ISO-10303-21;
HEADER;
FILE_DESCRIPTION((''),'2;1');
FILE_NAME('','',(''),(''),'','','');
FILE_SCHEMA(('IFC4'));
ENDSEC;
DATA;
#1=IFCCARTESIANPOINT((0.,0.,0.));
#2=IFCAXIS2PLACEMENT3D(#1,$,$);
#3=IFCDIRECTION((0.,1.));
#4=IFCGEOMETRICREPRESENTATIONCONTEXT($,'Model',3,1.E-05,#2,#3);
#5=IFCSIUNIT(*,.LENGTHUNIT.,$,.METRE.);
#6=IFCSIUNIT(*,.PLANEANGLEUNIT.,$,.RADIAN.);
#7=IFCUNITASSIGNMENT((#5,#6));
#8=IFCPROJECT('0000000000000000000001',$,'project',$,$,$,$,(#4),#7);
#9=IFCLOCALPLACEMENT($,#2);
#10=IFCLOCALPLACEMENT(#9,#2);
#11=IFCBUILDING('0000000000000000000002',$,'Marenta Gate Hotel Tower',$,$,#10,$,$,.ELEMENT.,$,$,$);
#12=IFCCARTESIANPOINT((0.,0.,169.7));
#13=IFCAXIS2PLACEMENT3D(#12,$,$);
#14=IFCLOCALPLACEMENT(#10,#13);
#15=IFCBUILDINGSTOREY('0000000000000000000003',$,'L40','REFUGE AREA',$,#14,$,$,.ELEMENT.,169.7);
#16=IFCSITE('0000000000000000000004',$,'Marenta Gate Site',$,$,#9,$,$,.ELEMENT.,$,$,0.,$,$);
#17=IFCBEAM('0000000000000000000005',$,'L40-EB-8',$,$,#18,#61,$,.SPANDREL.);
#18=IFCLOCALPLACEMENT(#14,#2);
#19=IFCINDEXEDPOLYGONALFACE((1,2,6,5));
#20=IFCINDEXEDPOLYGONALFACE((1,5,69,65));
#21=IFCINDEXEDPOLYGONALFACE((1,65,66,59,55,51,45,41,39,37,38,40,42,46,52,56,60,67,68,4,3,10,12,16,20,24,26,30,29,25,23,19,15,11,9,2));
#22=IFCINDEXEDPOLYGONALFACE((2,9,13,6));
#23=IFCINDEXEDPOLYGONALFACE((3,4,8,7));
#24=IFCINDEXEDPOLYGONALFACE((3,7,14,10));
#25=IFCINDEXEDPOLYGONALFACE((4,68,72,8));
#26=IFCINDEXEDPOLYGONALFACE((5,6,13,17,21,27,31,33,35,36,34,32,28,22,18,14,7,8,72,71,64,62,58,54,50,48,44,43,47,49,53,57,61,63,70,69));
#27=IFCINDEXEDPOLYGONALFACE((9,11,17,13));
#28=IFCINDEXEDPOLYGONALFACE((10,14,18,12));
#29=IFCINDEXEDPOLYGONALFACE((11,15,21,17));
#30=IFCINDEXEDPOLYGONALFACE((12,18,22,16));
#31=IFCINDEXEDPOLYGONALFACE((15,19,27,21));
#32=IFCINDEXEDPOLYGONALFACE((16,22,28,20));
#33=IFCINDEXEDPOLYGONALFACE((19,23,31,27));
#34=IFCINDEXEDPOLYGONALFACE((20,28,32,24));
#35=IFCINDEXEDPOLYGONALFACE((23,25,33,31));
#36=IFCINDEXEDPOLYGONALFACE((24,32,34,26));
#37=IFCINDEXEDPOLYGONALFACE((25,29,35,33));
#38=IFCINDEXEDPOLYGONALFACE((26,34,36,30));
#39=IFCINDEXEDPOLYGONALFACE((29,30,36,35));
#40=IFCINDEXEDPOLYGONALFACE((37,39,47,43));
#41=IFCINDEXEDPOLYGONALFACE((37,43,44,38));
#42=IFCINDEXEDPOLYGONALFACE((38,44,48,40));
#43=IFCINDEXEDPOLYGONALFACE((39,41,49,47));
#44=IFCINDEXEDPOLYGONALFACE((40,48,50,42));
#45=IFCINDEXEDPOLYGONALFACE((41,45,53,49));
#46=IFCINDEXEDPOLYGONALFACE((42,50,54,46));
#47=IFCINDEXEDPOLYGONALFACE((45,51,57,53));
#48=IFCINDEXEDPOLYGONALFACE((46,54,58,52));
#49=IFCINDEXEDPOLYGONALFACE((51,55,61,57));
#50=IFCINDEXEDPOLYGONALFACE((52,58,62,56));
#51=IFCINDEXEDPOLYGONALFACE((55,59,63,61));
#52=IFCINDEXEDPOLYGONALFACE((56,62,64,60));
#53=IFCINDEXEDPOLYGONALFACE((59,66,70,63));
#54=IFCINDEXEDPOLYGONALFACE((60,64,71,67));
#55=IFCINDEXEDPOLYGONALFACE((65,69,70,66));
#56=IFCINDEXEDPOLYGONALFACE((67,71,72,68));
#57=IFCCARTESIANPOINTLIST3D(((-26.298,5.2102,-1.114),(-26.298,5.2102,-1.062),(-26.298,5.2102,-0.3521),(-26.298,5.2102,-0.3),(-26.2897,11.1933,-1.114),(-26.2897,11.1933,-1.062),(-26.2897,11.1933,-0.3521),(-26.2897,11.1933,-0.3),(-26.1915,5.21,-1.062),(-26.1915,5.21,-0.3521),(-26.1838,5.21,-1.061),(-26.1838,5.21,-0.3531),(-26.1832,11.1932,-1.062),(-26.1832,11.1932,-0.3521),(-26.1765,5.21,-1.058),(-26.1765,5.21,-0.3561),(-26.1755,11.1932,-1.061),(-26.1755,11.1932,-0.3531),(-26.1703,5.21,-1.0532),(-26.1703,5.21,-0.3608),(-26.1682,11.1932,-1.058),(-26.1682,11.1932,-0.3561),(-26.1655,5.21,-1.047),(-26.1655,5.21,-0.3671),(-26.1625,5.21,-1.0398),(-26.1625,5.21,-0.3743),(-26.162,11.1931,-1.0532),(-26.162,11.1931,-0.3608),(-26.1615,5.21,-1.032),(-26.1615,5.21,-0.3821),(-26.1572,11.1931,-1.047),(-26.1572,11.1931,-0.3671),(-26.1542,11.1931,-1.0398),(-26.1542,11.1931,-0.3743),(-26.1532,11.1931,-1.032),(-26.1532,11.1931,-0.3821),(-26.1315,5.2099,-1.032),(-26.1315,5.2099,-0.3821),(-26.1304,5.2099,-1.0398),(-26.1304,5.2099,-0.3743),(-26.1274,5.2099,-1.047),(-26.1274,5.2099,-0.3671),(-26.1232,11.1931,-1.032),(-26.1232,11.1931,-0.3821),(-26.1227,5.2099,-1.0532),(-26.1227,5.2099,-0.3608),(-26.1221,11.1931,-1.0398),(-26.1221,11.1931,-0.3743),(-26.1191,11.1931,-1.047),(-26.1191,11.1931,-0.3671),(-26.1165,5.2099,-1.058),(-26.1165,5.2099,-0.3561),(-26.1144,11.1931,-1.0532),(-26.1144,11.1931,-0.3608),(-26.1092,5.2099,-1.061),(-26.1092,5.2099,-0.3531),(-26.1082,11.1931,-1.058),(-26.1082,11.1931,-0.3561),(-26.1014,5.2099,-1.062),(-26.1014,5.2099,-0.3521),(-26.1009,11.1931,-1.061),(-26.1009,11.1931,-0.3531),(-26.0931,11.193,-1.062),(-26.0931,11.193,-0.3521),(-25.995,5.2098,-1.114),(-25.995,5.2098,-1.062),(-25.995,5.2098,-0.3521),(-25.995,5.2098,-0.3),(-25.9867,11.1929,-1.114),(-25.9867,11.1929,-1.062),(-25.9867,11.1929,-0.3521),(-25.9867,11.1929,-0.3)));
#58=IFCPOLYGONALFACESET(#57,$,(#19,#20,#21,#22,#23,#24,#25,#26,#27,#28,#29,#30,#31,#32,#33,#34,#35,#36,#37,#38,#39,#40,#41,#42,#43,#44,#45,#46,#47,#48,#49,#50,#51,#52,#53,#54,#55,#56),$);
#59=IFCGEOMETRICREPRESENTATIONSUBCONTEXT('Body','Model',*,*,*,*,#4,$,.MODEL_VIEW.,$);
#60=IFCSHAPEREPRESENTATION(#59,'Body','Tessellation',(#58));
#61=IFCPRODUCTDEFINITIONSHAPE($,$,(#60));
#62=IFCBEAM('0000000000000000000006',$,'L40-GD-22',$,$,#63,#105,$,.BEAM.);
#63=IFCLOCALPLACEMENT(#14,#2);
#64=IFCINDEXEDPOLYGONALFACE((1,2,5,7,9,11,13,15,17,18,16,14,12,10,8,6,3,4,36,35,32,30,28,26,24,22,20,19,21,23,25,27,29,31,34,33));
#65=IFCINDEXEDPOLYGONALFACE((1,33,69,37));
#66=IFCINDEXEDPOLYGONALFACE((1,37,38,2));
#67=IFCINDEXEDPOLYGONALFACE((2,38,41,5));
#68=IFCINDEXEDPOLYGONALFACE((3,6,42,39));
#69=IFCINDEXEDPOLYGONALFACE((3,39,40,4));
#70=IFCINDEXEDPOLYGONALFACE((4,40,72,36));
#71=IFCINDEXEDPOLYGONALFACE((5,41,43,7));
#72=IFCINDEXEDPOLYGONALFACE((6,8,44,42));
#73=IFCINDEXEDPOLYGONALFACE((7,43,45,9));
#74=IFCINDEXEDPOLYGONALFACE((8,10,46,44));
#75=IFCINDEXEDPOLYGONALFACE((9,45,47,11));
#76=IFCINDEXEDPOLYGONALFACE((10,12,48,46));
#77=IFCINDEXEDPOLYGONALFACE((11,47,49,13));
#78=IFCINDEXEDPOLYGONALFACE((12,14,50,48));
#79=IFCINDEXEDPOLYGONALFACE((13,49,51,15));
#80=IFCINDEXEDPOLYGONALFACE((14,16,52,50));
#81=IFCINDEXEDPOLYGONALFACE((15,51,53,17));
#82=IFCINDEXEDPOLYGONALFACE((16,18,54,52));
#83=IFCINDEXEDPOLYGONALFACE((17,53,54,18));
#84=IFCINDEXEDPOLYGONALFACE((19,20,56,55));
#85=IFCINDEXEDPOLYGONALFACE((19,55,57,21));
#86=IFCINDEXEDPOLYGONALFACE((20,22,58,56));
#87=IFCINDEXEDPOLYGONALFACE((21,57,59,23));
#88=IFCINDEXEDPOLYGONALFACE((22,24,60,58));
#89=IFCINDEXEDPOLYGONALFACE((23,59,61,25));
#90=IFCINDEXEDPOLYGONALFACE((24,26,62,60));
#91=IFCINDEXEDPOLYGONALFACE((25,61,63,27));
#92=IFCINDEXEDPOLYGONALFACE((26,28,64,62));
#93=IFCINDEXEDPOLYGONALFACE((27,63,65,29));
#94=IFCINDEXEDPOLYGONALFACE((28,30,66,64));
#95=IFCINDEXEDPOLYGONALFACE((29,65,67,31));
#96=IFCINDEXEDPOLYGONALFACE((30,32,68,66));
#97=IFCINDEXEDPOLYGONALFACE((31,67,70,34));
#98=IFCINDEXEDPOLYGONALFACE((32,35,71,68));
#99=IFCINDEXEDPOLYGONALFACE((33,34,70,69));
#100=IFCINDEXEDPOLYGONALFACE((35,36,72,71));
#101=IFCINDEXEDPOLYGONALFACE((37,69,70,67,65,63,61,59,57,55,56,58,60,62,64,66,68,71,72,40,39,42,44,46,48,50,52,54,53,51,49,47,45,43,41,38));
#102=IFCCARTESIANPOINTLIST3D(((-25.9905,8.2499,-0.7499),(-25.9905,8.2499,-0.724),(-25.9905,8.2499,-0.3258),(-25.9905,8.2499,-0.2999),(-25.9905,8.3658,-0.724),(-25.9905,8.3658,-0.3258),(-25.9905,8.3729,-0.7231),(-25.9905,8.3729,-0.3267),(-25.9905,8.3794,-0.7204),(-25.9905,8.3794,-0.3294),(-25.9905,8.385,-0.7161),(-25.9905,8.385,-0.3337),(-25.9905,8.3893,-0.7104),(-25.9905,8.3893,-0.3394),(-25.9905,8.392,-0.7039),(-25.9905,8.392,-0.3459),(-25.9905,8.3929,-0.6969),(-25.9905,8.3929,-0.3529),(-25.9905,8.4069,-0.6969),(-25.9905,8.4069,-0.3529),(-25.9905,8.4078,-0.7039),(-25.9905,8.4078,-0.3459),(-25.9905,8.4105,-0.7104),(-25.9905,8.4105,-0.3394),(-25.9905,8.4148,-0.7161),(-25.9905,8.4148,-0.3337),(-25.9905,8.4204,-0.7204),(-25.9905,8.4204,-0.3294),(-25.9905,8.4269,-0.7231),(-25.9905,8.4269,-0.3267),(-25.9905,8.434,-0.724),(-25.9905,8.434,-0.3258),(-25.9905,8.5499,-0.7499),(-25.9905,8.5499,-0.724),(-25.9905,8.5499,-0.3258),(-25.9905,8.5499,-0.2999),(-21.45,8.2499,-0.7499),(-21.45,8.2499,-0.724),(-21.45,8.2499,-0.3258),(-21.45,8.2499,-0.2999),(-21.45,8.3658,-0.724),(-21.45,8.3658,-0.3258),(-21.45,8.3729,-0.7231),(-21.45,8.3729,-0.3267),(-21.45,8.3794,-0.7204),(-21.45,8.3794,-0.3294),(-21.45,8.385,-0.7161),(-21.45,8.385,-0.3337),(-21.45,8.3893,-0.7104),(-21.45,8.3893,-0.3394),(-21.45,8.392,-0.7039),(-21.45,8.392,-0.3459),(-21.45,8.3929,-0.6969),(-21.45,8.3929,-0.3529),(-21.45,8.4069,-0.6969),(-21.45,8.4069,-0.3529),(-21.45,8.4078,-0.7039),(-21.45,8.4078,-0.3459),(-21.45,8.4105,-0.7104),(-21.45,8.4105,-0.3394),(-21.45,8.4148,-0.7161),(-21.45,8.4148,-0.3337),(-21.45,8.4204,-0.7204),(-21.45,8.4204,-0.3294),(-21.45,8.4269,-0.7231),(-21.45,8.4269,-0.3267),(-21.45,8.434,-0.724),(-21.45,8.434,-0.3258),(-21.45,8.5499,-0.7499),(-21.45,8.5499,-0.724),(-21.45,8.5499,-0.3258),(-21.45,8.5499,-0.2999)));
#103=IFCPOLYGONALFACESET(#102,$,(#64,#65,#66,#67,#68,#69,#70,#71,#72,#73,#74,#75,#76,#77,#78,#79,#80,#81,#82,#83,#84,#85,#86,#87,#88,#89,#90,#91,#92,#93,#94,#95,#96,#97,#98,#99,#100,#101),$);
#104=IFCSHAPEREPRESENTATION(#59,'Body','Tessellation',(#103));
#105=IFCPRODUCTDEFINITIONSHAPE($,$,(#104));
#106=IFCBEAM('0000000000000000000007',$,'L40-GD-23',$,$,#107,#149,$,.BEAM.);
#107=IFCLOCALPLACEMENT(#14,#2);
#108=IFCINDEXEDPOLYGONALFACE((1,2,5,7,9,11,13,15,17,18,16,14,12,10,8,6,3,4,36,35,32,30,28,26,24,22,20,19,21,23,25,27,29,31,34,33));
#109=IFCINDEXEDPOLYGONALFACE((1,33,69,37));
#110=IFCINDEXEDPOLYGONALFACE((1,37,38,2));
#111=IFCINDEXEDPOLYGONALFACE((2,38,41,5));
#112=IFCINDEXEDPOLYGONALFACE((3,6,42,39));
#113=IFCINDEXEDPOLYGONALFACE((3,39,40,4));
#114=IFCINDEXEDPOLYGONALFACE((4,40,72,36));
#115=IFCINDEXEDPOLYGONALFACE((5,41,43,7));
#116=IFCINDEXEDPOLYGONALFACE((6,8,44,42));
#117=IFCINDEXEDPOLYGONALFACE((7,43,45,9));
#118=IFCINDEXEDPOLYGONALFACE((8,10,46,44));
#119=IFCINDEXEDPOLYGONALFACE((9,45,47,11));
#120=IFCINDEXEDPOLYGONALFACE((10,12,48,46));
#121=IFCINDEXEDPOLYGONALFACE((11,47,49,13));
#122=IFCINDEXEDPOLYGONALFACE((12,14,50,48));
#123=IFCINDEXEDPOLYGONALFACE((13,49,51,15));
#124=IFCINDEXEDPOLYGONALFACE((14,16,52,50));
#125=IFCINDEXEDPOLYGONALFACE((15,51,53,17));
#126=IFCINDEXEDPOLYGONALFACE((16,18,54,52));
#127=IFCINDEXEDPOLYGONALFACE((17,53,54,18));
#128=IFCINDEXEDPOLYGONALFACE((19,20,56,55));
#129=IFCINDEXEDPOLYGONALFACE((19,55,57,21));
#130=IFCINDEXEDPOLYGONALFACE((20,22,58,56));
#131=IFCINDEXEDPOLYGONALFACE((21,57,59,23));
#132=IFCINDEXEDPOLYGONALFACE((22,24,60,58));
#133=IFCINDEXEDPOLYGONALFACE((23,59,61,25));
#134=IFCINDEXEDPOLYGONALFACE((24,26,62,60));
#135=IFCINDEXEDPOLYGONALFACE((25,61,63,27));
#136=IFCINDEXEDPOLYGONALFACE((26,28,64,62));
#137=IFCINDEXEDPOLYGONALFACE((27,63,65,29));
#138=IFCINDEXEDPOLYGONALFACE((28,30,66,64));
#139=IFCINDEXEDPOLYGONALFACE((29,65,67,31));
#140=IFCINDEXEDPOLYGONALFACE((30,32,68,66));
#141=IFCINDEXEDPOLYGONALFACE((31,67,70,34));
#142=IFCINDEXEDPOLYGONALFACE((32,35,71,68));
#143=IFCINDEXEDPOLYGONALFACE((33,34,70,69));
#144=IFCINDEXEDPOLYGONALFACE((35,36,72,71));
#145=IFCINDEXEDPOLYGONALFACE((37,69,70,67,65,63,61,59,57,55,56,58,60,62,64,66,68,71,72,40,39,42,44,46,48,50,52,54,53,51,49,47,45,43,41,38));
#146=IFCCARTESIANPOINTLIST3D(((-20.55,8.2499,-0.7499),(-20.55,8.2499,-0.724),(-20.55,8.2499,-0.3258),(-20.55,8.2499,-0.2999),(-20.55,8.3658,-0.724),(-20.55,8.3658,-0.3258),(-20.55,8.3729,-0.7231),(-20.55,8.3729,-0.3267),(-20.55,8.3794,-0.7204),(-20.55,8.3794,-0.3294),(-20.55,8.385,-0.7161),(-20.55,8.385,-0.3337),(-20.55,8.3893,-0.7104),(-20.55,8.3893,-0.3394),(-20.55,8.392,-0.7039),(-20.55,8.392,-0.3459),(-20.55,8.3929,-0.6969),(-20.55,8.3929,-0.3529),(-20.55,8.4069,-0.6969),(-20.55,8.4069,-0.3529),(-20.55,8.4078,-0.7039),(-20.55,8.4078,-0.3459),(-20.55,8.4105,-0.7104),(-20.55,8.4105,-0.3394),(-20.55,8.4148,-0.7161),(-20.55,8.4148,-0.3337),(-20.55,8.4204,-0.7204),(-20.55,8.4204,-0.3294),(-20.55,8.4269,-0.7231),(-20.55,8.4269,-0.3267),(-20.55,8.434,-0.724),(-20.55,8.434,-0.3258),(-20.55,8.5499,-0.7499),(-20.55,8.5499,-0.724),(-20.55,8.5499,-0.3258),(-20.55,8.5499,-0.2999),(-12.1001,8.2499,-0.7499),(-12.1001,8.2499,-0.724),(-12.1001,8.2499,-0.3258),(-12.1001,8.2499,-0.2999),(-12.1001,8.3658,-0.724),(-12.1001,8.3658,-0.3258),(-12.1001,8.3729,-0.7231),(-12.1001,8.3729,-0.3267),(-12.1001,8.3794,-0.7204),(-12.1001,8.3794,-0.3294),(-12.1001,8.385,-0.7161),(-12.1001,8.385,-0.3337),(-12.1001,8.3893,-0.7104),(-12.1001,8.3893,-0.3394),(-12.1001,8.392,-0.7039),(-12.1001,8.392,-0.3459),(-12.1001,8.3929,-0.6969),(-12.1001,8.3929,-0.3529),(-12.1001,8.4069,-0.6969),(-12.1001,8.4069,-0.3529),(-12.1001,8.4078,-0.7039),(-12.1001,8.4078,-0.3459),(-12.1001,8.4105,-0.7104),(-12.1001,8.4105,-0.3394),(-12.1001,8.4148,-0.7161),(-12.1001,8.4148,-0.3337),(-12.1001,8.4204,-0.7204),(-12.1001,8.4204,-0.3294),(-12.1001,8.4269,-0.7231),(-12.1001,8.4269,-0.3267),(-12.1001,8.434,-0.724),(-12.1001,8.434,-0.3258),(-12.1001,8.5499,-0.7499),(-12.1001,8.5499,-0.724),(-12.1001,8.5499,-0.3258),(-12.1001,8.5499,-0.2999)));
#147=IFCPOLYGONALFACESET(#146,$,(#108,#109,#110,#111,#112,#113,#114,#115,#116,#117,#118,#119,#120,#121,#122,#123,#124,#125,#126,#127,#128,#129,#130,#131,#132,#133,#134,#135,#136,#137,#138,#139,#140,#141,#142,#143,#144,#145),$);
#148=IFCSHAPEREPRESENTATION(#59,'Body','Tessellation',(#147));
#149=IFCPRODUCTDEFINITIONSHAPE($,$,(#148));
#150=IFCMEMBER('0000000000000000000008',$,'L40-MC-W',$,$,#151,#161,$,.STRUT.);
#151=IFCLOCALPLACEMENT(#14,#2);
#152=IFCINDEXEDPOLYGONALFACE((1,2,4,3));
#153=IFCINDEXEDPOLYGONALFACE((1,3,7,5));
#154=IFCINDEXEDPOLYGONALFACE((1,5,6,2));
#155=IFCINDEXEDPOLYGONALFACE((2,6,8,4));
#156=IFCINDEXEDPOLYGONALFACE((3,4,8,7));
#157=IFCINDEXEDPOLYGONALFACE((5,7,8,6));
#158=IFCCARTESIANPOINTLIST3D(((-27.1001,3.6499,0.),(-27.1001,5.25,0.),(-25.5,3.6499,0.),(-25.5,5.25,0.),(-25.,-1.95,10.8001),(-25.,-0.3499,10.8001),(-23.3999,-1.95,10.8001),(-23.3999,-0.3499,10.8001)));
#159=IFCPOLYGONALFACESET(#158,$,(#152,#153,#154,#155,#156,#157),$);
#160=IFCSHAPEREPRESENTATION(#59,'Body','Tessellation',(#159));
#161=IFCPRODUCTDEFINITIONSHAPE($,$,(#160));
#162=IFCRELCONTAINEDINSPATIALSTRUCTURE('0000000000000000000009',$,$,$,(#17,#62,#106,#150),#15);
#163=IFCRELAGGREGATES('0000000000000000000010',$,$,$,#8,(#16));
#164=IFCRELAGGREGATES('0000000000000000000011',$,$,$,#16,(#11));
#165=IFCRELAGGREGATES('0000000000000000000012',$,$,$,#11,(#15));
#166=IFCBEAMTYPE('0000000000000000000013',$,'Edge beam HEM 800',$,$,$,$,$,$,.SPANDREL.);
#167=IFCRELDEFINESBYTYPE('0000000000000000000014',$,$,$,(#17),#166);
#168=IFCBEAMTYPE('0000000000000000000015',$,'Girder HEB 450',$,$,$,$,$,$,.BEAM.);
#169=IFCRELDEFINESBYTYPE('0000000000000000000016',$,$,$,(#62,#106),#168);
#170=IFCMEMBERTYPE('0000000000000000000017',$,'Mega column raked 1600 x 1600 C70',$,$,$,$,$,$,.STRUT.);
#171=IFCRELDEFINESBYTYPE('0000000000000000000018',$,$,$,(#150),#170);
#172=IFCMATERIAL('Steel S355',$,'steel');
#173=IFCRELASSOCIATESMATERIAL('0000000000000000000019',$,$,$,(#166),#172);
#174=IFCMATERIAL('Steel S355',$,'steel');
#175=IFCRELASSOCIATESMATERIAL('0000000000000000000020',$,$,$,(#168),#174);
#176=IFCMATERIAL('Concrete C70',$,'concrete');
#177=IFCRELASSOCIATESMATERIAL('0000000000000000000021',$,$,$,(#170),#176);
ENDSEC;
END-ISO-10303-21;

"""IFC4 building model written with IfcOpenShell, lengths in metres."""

from ifc_helpers import new_model, si_unit, direction, frame, origin, origin_2d, place, context, subcontext, project, spatial, rectangle, i_section, extrude, material, material_profile, profile_set, type_object, element, save


model = new_model("IFC4")

# Units and contexts
model_context = context("Model", 3, precision=1e-05, world=origin(), true_north=direction((0.0, 1.0)))
body_context = subcontext(model_context, "Body", "Model", "MODEL_VIEW")
ifc_project = project(units=[si_unit("LENGTHUNIT", "METRE"), si_unit("PLANEANGLEUNIT", "RADIAN")], contexts=[model_context])

# Site, building, storey
site_placement = place(None, origin())
site = spatial("IfcSite", under=ifc_project, at=site_placement, Name="Marenta Gate Site", CompositionType="ELEMENT", RefElevation=0.0)
building_placement = place(site_placement, origin())
building = spatial("IfcBuilding", under=site, at=building_placement, Name="Marenta Gate Hotel Tower", CompositionType="ELEMENT")
storey_placement = place(building_placement, frame((0.0, 0.0, 169.7)))
storey = spatial("IfcBuildingStorey", under=building, at=storey_placement, Name="L40", Description="REFUGE AREA", CompositionType="ELEMENT", Elevation=169.7)

# Beams
ifc_material_1 = material(Name="Steel S355", Category="steel")
ifc_material_profile_1 = material_profile(ifc_material_1, i_section(OverallWidth=0.303, OverallDepth=0.814, WebThickness=0.03, FlangeThickness=0.052, FilletRadius=0.03, at=origin_2d()), Name="HEM 800")
ifc_profile_set_1 = profile_set([ifc_material_profile_1], Name="Steel S355")
beam_type_1 = type_object("IfcBeamType", Name="Edge beam HEM 800", PredefinedType="SPANDREL", material=ifc_profile_set_1)
beam_1_placement = place(storey_placement, frame((-26.1465, 5.21, -0.707), z_axis=(0.001387, 0.999999, 0.0), x_axis=(-0.999999, 0.001387, 0.0)))
element("IfcBeam", 1, at=beam_1_placement, inside=storey, type_object=beam_type_1, Name="L40-EB-8", PredefinedType="SPANDREL", context=body_context, shape_type="SweptSolid", body=[
    extrude(i_section(OverallWidth=0.303, OverallDepth=0.814, WebThickness=0.03, FlangeThickness=0.052, FilletRadius=0.03, at=origin_2d()), origin(), (0.0, 0.0, 1.0), 5.9832),
])
ifc_material_2 = material(Name="Steel S355", Category="steel")
ifc_material_profile_2 = material_profile(ifc_material_2, i_section(OverallWidth=0.3, OverallDepth=0.45, WebThickness=0.0139, FlangeThickness=0.0259, FilletRadius=0.0271, at=origin_2d()), Name="HEB 450")
ifc_profile_set_2 = profile_set([ifc_material_profile_2], Name="Steel S355")
beam_type_2 = type_object("IfcBeamType", Name="Girder HEB 450", PredefinedType="BEAM", material=ifc_profile_set_2)
beam_2_placement = place(storey_placement, frame((-25.9905, 8.3999, -0.5249), z_axis=(1.0, 0.0, 0.0), x_axis=(0.0, 1.0, 0.0)))
element("IfcBeam", 2, at=beam_2_placement, inside=storey, type_object=beam_type_2, Name="L40-GD-22", PredefinedType="BEAM", context=body_context, shape_type="SweptSolid", body=[
    extrude(i_section(OverallWidth=0.3, OverallDepth=0.45, WebThickness=0.0139, FlangeThickness=0.0259, FilletRadius=0.0271, at=origin_2d()), origin(), (0.0, 0.0, 1.0), 4.5405),
])
beam_3_placement = place(storey_placement, frame((-20.55, 8.3999, -0.5249), z_axis=(1.0, 0.0, 0.0), x_axis=(0.0, 1.0, 0.0)))
element("IfcBeam", 3, at=beam_3_placement, inside=storey, type_object=beam_type_2, Name="L40-GD-23", PredefinedType="BEAM", context=body_context, shape_type="SweptSolid", body=[
    extrude(i_section(OverallWidth=0.3, OverallDepth=0.45, WebThickness=0.0139, FlangeThickness=0.0259, FilletRadius=0.0271, at=origin_2d()), origin(), (0.0, 0.0, 1.0), 8.45),
])

# Member
ifc_material_3 = material(Name="Concrete C70", Category="concrete")
ifc_material_profile_3 = material_profile(ifc_material_3, rectangle(XDim=1.6001, YDim=1.6001, at=origin_2d()), Name="1600 x 1600")
ifc_profile_set_3 = profile_set([ifc_material_profile_3], Name="Concrete C70")
member_type_1 = type_object("IfcMemberType", Name="Mega column raked 1600 x 1600 C70", PredefinedType="STRUT", material=ifc_profile_set_3)
member_1_placement = place(storey_placement, frame((-26.3, 4.45, 0.0), z_axis=(0.0, 0.0, 1.0), x_axis=(1.0, 0.0, 0.0)))
element("IfcMember", 4, at=member_1_placement, inside=storey, type_object=member_type_1, Name="L40-MC-W", PredefinedType="STRUT", context=body_context, shape_type="SweptSolid", body=[
    extrude(rectangle(XDim=1.6001, YDim=1.6001, at=origin_2d()), origin(), (0.170111, -0.453597, 0.874821), 12.3455),
])

save(model, "model.ifc")
